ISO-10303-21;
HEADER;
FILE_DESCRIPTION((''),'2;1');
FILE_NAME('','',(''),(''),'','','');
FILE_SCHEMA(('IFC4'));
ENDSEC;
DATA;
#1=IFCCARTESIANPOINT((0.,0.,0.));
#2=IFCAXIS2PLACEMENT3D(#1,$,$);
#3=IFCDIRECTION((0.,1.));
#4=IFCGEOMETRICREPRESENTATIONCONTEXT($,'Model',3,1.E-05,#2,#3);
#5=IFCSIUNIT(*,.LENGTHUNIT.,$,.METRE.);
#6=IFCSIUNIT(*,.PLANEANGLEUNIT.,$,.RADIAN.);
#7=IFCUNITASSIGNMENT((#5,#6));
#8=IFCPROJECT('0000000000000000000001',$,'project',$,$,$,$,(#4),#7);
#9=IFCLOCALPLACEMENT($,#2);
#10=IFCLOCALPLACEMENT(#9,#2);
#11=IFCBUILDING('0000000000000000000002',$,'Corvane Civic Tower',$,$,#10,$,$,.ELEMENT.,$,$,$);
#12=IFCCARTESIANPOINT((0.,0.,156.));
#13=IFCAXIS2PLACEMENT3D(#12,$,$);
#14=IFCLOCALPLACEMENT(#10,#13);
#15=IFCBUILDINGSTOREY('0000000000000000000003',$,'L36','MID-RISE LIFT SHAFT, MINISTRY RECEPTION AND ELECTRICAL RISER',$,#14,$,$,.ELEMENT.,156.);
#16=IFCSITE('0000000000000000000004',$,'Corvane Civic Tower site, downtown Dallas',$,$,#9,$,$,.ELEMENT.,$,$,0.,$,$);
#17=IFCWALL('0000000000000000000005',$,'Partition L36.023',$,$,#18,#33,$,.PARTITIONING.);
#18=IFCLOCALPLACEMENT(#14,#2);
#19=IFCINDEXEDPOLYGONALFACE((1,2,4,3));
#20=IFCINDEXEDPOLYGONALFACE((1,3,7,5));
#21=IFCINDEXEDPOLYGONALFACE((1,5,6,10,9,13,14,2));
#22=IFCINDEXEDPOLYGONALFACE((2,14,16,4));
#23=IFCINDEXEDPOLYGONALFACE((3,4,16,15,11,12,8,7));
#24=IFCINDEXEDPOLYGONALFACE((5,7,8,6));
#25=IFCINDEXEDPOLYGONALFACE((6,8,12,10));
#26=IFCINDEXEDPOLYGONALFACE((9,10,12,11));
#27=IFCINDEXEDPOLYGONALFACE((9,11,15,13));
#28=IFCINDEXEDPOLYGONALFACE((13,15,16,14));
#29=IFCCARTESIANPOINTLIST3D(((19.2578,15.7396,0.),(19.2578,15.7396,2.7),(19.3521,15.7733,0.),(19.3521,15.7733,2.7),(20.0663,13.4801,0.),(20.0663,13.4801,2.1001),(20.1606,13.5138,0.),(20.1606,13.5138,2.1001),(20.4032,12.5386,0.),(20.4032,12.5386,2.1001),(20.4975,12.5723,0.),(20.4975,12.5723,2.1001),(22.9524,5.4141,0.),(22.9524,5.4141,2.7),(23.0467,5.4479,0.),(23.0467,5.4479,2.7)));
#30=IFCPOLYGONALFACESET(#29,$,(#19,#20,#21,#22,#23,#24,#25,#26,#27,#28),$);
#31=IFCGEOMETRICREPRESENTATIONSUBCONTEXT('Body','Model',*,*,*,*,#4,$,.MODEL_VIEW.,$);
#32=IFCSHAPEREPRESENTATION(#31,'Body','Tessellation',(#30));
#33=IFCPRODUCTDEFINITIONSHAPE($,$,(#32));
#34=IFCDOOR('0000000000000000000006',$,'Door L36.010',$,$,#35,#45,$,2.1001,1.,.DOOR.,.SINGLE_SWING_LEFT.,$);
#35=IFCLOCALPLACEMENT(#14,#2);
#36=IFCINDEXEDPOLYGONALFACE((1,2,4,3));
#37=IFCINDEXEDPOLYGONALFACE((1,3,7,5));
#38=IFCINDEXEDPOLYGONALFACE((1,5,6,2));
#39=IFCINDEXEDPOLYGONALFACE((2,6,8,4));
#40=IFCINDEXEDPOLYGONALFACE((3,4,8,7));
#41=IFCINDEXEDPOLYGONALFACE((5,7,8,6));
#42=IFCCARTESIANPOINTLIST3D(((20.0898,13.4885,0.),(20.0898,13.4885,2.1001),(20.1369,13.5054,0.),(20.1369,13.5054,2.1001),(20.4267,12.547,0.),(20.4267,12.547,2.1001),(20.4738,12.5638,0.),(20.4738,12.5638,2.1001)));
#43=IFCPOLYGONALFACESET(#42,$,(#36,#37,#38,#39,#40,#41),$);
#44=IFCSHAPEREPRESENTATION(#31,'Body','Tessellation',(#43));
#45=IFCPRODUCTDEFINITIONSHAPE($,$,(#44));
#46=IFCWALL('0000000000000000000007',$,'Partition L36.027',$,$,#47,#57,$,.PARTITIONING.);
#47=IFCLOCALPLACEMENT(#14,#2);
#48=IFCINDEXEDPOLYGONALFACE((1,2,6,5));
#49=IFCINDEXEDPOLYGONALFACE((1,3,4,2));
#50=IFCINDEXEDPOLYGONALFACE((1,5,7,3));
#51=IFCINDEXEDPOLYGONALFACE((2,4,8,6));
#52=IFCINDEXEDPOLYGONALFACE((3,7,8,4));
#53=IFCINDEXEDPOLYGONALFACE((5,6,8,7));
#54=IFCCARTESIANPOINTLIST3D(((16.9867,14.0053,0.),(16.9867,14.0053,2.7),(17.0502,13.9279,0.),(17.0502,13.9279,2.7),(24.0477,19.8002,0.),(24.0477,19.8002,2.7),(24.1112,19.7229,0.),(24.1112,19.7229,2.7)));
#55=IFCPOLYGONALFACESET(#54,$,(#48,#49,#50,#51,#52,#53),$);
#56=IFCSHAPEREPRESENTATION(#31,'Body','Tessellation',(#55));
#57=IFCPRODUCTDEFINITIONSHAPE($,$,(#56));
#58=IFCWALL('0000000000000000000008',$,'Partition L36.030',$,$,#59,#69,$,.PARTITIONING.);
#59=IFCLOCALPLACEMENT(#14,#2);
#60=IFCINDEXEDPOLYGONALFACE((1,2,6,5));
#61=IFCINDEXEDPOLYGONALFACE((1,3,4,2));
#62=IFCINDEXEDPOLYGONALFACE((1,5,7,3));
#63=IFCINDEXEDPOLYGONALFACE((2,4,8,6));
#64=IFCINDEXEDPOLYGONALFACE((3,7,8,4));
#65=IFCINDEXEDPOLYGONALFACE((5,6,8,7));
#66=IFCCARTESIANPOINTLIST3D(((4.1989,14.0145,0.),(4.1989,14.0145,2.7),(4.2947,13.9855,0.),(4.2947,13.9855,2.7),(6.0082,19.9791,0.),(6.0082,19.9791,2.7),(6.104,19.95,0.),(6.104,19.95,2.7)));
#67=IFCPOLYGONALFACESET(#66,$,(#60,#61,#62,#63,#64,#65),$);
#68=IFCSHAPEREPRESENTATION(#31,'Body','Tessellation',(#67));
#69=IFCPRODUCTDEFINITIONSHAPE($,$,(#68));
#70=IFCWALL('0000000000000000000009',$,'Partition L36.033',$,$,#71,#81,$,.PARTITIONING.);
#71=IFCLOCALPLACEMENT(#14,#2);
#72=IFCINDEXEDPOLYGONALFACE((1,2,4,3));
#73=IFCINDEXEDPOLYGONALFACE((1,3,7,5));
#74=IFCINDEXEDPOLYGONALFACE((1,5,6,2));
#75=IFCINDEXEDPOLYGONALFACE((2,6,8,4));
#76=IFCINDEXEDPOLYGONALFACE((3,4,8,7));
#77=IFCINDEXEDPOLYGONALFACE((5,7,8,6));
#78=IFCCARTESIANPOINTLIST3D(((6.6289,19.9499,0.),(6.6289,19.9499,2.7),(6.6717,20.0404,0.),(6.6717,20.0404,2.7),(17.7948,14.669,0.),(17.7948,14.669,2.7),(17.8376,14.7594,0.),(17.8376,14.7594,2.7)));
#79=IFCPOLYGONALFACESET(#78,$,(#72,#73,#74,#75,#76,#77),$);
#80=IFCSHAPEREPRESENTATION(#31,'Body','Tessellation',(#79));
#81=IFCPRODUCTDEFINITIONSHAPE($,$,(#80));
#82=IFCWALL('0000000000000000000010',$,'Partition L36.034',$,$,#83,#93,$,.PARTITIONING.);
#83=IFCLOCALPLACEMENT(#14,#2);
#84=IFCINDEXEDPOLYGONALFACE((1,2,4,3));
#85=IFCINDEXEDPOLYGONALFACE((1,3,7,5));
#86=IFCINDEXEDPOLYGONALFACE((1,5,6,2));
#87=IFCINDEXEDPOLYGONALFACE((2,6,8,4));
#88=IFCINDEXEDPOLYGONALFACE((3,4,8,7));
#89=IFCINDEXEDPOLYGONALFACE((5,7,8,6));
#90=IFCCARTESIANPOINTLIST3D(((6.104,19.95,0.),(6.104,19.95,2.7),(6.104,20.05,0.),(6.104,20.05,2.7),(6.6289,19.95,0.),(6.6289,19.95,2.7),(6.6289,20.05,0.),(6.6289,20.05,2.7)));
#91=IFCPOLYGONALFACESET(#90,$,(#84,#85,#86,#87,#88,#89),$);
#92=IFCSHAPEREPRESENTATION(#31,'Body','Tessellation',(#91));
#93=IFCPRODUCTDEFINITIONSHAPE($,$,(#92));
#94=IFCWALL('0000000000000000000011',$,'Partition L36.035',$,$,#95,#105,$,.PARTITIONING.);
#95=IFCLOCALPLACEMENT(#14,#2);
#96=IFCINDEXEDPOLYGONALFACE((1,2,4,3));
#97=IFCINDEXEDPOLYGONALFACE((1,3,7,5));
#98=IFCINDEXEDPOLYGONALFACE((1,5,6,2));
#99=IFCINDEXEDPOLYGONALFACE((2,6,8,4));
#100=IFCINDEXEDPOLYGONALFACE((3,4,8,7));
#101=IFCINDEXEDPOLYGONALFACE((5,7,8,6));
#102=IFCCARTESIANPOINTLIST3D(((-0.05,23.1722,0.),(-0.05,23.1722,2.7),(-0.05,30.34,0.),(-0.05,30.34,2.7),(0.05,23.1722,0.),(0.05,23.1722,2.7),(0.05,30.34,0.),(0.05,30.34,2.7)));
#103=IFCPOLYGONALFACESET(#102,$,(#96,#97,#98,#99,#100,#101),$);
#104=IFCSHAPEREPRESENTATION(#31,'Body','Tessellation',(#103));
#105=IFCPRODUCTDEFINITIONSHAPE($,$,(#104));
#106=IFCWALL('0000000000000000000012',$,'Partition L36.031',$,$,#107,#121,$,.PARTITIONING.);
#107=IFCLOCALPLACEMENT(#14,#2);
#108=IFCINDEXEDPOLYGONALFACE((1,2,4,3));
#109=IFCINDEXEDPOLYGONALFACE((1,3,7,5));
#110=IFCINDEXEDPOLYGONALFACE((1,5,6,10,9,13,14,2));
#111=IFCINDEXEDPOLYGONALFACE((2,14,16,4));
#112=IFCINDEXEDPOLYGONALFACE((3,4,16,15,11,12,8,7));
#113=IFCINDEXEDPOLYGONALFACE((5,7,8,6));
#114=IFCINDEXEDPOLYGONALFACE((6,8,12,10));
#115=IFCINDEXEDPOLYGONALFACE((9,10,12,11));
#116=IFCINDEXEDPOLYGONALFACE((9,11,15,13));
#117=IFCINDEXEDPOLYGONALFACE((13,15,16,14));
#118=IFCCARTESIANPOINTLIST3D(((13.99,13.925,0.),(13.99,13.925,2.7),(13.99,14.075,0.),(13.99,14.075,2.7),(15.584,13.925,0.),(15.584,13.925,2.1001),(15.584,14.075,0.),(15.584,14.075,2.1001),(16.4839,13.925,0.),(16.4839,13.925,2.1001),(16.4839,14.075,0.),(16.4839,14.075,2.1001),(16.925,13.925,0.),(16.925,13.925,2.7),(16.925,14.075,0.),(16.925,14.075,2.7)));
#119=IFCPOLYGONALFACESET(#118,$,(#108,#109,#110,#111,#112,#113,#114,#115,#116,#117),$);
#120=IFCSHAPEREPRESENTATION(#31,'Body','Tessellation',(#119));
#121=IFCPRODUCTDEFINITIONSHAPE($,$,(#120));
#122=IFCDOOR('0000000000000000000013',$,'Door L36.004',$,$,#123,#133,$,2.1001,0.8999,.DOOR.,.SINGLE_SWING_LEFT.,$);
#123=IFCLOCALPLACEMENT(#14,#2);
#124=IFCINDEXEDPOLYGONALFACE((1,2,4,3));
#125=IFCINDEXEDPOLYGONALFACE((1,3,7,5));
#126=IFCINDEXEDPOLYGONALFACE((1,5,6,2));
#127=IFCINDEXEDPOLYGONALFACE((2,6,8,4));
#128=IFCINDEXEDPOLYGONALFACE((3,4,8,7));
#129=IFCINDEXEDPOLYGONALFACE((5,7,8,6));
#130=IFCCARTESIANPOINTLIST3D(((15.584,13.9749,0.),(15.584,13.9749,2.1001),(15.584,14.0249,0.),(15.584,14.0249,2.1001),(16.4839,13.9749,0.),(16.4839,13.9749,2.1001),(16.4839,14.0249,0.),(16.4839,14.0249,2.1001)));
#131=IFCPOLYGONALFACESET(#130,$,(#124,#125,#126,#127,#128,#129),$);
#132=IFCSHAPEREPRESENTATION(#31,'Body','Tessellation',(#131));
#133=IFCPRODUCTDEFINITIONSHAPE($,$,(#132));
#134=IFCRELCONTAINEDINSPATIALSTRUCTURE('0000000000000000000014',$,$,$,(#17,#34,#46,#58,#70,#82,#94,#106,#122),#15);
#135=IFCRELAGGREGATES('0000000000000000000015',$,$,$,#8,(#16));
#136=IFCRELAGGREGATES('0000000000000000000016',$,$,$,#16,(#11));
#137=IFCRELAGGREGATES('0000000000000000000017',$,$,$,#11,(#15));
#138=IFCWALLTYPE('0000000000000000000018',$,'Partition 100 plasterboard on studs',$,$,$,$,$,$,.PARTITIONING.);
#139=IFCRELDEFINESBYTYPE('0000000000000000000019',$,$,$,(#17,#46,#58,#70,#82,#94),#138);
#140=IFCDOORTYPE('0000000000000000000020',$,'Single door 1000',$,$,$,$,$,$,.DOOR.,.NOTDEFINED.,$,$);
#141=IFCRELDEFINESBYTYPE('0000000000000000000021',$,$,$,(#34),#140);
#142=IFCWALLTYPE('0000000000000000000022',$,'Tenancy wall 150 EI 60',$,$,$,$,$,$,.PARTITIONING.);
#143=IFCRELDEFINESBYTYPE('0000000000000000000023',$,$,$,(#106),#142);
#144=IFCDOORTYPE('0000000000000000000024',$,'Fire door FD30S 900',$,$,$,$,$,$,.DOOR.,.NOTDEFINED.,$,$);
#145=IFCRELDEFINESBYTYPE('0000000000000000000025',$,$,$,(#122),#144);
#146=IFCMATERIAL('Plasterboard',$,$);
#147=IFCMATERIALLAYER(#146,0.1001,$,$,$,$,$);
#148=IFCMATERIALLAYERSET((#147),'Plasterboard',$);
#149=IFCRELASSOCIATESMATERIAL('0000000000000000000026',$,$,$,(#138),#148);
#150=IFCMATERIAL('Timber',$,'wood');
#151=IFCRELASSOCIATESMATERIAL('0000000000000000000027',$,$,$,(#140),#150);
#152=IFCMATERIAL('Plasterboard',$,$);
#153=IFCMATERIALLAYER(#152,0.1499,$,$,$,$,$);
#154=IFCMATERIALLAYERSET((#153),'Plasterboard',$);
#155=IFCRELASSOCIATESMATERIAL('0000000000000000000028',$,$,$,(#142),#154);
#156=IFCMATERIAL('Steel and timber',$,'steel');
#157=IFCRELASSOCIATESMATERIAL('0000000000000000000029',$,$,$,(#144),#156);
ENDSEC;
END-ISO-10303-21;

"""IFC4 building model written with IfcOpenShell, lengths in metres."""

from ifc_helpers import new_model, si_unit, direction, frame, frame_2d, origin, place, context, subcontext, project, spatial, rectangle, extrude, material, layer, layer_set, type_object, element, fill, save


model = new_model("IFC4")

# Units and contexts
model_context = context("Model", 3, precision=1e-05, world=origin(), true_north=direction((0.0, 1.0)))
body_context = subcontext(model_context, "Body", "Model", "MODEL_VIEW")
ifc_project = project(units=[si_unit("LENGTHUNIT", "METRE"), si_unit("PLANEANGLEUNIT", "RADIAN")], contexts=[model_context])

# Site, building, storey
site_placement = place(None, origin())
site = spatial("IfcSite", under=ifc_project, at=site_placement, Name="Corvane Civic Tower site, downtown Dallas", CompositionType="ELEMENT", RefElevation=0.0)
building_placement = place(site_placement, origin())
building = spatial("IfcBuilding", under=site, at=building_placement, Name="Corvane Civic Tower", CompositionType="ELEMENT")
storey_placement = place(building_placement, frame((0.0, 0.0, 156.0)))
storey = spatial("IfcBuildingStorey", under=building, at=storey_placement, Name="L36", Description="MID-RISE LIFT SHAFT, MINISTRY RECEPTION AND ELECTRICAL RISER", CompositionType="ELEMENT", Elevation=156.0)

# Wall, opening, door
ifc_material_1 = material(Name="Plasterboard")
ifc_layer_1 = layer(ifc_material_1, 0.1001)
ifc_layer_set_1 = layer_set([ifc_layer_1], Name="Plasterboard")
wall_type_1 = type_object("IfcWallType", Name="Partition 100 plasterboard on studs", PredefinedType="PARTITIONING", material=ifc_layer_set_1)
wall_1_placement = place(storey_placement, frame((19.3049, 15.7566, 0.0), z_axis=(0.0, 0.0, 1.0), x_axis=(0.336896, -0.941542, 0.0)))
wall_1 = element("IfcWall", 1, at=wall_1_placement, inside=storey, type_object=wall_type_1, Name="Partition L36.023", PredefinedType="PARTITIONING", context=body_context, shape_type="SweptSolid", body=[
    extrude(rectangle(XDim=10.9666, YDim=0.1001, at=frame_2d((5.4834, 0.0))), origin(), (0.0, 0.0, 1.0), 2.7),
])
opening_1_placement = place(wall_1_placement, frame((2.3999, 0.0, 0.0)))
opening_1 = element("IfcOpeningElement", 2, at=opening_1_placement, cuts=wall_1, PredefinedType="OPENING", context=body_context, shape_type="SweptSolid", body=[
    extrude(rectangle(XDim=1.0, YDim=2.1001, at=frame_2d((0.5, 1.05))), frame((0.0, 0.0601, 0.0), z_axis=(0.0, -1.0, 0.0), x_axis=(1.0, 0.0, 0.0)), (0.0, 0.0, 1.0), 0.1201),
])
ifc_material_2 = material(Name="Timber", Category="wood")
door_type_1 = type_object("IfcDoorType", Name="Single door 1000", OperationType="NOTDEFINED", PredefinedType="DOOR", material=ifc_material_2)
door_1_placement = place(opening_1_placement, origin())
door_1 = element("IfcDoor", 3, at=door_1_placement, inside=storey, type_object=door_type_1, Name="Door L36.010", OperationType="SINGLE_SWING_LEFT", OverallHeight=2.1001, OverallWidth=1.0, PredefinedType="DOOR", context=body_context, shape_type="SweptSolid", body=[
    extrude(rectangle(XDim=1.0, YDim=2.1001, at=frame_2d((0.5, 1.05))), frame((0.0, 0.0249, 0.0), z_axis=(0.0, -1.0, 0.0), x_axis=(1.0, 0.0, 0.0)), (0.0, 0.0, 1.0), 0.05),
])
fill(opening_1, door_1)

# Walls
wall_2_placement = place(storey_placement, frame((17.0183, 13.9666, 0.0), z_axis=(0.0, 0.0, 1.0), x_axis=(0.773006, 0.634399, 0.0)))
element("IfcWall", 4, at=wall_2_placement, inside=storey, type_object=wall_type_1, Name="Partition L36.027", PredefinedType="PARTITIONING", context=body_context, shape_type="SweptSolid", body=[
    extrude(rectangle(XDim=9.1345, YDim=0.1001, at=frame_2d((4.5674, 0.0))), origin(), (0.0, 0.0, 1.0), 2.7),
])
wall_3_placement = place(storey_placement, frame((4.2468, 14.0, 0.0), z_axis=(0.0, 0.0, 1.0), x_axis=(0.290282, 0.956941, 0.0)))
element("IfcWall", 5, at=wall_3_placement, inside=storey, type_object=wall_type_1, Name="Partition L36.030", PredefinedType="PARTITIONING", context=body_context, shape_type="SweptSolid", body=[
    extrude(rectangle(XDim=6.2329, YDim=0.1001, at=frame_2d((3.1165, 0.0))), origin(), (0.0, 0.0, 1.0), 2.7),
])
wall_4_placement = place(storey_placement, frame((6.6504, 19.9951, 0.0), z_axis=(0.0, 0.0, 1.0), x_axis=(0.903993, -0.427547, 0.0)))
element("IfcWall", 6, at=wall_4_placement, inside=storey, type_object=wall_type_1, Name="Partition L36.033", PredefinedType="PARTITIONING", context=body_context, shape_type="SweptSolid", body=[
    extrude(rectangle(XDim=12.3518, YDim=0.1001, at=frame_2d((6.1758, 0.0))), origin(), (0.0, 0.0, 1.0), 2.7),
])
wall_5_placement = place(storey_placement, frame((6.104, 20.0, 0.0), z_axis=(0.0, 0.0, 1.0), x_axis=(1.0, 0.0, 0.0)))
element("IfcWall", 7, at=wall_5_placement, inside=storey, type_object=wall_type_1, Name="Partition L36.034", PredefinedType="PARTITIONING", context=body_context, shape_type="SweptSolid", body=[
    extrude(rectangle(XDim=0.5249, YDim=0.1001, at=frame_2d((0.2625, 0.0))), origin(), (0.0, 0.0, 1.0), 2.7),
])
wall_6_placement = place(storey_placement, frame((0.0, 23.1721, 0.0), z_axis=(0.0, 0.0, 1.0), x_axis=(0.0, 1.0, 0.0)))
element("IfcWall", 8, at=wall_6_placement, inside=storey, type_object=wall_type_1, Name="Partition L36.035", PredefinedType="PARTITIONING", context=body_context, shape_type="SweptSolid", body=[
    extrude(rectangle(XDim=7.1677, YDim=0.1001, at=frame_2d((3.584, 0.0))), origin(), (0.0, 0.0, 1.0), 2.7),
])

# Wall, opening, door
ifc_material_3 = material(Name="Plasterboard")
ifc_layer_2 = layer(ifc_material_3, 0.1499)
ifc_layer_set_2 = layer_set([ifc_layer_2], Name="Plasterboard")
wall_type_2 = type_object("IfcWallType", Name="Tenancy wall 150 EI 60", PredefinedType="PARTITIONING", material=ifc_layer_set_2)
wall_7_placement = place(storey_placement, frame((13.99, 14.0, 0.0), z_axis=(0.0, 0.0, 1.0), x_axis=(1.0, 0.0, 0.0)))
wall_7 = element("IfcWall", 9, at=wall_7_placement, inside=storey, type_object=wall_type_2, Name="Partition L36.031", PredefinedType="PARTITIONING", context=body_context, shape_type="SweptSolid", body=[
    extrude(rectangle(XDim=2.9351, YDim=0.1499, at=frame_2d((1.4675, 0.0))), origin(), (0.0, 0.0, 1.0), 2.7),
])
opening_2_placement = place(wall_7_placement, frame((1.594, 0.0, 0.0)))
opening_2 = element("IfcOpeningElement", 10, at=opening_2_placement, cuts=wall_7, PredefinedType="OPENING", context=body_context, shape_type="SweptSolid", body=[
    extrude(rectangle(XDim=0.8999, YDim=2.1001, at=frame_2d((0.45, 1.05))), frame((0.0, 0.085, 0.0), z_axis=(0.0, -1.0, 0.0), x_axis=(1.0, 0.0, 0.0)), (0.0, 0.0, 1.0), 0.1699),
])
ifc_material_4 = material(Name="Steel and timber", Category="steel")
door_type_2 = type_object("IfcDoorType", Name="Fire door FD30S 900", OperationType="NOTDEFINED", PredefinedType="DOOR", material=ifc_material_4)
door_2_placement = place(opening_2_placement, origin())
door_2 = element("IfcDoor", 11, at=door_2_placement, inside=storey, type_object=door_type_2, Name="Door L36.004", OperationType="SINGLE_SWING_LEFT", OverallHeight=2.1001, OverallWidth=0.8999, PredefinedType="DOOR", context=body_context, shape_type="SweptSolid", body=[
    extrude(rectangle(XDim=0.8999, YDim=2.1001, at=frame_2d((0.45, 1.05))), frame((0.0, 0.0249, 0.0), z_axis=(0.0, -1.0, 0.0), x_axis=(1.0, 0.0, 0.0)), (0.0, 0.0, 1.0), 0.05),
])
fill(opening_2, door_2)

save(model, "model.ifc")
